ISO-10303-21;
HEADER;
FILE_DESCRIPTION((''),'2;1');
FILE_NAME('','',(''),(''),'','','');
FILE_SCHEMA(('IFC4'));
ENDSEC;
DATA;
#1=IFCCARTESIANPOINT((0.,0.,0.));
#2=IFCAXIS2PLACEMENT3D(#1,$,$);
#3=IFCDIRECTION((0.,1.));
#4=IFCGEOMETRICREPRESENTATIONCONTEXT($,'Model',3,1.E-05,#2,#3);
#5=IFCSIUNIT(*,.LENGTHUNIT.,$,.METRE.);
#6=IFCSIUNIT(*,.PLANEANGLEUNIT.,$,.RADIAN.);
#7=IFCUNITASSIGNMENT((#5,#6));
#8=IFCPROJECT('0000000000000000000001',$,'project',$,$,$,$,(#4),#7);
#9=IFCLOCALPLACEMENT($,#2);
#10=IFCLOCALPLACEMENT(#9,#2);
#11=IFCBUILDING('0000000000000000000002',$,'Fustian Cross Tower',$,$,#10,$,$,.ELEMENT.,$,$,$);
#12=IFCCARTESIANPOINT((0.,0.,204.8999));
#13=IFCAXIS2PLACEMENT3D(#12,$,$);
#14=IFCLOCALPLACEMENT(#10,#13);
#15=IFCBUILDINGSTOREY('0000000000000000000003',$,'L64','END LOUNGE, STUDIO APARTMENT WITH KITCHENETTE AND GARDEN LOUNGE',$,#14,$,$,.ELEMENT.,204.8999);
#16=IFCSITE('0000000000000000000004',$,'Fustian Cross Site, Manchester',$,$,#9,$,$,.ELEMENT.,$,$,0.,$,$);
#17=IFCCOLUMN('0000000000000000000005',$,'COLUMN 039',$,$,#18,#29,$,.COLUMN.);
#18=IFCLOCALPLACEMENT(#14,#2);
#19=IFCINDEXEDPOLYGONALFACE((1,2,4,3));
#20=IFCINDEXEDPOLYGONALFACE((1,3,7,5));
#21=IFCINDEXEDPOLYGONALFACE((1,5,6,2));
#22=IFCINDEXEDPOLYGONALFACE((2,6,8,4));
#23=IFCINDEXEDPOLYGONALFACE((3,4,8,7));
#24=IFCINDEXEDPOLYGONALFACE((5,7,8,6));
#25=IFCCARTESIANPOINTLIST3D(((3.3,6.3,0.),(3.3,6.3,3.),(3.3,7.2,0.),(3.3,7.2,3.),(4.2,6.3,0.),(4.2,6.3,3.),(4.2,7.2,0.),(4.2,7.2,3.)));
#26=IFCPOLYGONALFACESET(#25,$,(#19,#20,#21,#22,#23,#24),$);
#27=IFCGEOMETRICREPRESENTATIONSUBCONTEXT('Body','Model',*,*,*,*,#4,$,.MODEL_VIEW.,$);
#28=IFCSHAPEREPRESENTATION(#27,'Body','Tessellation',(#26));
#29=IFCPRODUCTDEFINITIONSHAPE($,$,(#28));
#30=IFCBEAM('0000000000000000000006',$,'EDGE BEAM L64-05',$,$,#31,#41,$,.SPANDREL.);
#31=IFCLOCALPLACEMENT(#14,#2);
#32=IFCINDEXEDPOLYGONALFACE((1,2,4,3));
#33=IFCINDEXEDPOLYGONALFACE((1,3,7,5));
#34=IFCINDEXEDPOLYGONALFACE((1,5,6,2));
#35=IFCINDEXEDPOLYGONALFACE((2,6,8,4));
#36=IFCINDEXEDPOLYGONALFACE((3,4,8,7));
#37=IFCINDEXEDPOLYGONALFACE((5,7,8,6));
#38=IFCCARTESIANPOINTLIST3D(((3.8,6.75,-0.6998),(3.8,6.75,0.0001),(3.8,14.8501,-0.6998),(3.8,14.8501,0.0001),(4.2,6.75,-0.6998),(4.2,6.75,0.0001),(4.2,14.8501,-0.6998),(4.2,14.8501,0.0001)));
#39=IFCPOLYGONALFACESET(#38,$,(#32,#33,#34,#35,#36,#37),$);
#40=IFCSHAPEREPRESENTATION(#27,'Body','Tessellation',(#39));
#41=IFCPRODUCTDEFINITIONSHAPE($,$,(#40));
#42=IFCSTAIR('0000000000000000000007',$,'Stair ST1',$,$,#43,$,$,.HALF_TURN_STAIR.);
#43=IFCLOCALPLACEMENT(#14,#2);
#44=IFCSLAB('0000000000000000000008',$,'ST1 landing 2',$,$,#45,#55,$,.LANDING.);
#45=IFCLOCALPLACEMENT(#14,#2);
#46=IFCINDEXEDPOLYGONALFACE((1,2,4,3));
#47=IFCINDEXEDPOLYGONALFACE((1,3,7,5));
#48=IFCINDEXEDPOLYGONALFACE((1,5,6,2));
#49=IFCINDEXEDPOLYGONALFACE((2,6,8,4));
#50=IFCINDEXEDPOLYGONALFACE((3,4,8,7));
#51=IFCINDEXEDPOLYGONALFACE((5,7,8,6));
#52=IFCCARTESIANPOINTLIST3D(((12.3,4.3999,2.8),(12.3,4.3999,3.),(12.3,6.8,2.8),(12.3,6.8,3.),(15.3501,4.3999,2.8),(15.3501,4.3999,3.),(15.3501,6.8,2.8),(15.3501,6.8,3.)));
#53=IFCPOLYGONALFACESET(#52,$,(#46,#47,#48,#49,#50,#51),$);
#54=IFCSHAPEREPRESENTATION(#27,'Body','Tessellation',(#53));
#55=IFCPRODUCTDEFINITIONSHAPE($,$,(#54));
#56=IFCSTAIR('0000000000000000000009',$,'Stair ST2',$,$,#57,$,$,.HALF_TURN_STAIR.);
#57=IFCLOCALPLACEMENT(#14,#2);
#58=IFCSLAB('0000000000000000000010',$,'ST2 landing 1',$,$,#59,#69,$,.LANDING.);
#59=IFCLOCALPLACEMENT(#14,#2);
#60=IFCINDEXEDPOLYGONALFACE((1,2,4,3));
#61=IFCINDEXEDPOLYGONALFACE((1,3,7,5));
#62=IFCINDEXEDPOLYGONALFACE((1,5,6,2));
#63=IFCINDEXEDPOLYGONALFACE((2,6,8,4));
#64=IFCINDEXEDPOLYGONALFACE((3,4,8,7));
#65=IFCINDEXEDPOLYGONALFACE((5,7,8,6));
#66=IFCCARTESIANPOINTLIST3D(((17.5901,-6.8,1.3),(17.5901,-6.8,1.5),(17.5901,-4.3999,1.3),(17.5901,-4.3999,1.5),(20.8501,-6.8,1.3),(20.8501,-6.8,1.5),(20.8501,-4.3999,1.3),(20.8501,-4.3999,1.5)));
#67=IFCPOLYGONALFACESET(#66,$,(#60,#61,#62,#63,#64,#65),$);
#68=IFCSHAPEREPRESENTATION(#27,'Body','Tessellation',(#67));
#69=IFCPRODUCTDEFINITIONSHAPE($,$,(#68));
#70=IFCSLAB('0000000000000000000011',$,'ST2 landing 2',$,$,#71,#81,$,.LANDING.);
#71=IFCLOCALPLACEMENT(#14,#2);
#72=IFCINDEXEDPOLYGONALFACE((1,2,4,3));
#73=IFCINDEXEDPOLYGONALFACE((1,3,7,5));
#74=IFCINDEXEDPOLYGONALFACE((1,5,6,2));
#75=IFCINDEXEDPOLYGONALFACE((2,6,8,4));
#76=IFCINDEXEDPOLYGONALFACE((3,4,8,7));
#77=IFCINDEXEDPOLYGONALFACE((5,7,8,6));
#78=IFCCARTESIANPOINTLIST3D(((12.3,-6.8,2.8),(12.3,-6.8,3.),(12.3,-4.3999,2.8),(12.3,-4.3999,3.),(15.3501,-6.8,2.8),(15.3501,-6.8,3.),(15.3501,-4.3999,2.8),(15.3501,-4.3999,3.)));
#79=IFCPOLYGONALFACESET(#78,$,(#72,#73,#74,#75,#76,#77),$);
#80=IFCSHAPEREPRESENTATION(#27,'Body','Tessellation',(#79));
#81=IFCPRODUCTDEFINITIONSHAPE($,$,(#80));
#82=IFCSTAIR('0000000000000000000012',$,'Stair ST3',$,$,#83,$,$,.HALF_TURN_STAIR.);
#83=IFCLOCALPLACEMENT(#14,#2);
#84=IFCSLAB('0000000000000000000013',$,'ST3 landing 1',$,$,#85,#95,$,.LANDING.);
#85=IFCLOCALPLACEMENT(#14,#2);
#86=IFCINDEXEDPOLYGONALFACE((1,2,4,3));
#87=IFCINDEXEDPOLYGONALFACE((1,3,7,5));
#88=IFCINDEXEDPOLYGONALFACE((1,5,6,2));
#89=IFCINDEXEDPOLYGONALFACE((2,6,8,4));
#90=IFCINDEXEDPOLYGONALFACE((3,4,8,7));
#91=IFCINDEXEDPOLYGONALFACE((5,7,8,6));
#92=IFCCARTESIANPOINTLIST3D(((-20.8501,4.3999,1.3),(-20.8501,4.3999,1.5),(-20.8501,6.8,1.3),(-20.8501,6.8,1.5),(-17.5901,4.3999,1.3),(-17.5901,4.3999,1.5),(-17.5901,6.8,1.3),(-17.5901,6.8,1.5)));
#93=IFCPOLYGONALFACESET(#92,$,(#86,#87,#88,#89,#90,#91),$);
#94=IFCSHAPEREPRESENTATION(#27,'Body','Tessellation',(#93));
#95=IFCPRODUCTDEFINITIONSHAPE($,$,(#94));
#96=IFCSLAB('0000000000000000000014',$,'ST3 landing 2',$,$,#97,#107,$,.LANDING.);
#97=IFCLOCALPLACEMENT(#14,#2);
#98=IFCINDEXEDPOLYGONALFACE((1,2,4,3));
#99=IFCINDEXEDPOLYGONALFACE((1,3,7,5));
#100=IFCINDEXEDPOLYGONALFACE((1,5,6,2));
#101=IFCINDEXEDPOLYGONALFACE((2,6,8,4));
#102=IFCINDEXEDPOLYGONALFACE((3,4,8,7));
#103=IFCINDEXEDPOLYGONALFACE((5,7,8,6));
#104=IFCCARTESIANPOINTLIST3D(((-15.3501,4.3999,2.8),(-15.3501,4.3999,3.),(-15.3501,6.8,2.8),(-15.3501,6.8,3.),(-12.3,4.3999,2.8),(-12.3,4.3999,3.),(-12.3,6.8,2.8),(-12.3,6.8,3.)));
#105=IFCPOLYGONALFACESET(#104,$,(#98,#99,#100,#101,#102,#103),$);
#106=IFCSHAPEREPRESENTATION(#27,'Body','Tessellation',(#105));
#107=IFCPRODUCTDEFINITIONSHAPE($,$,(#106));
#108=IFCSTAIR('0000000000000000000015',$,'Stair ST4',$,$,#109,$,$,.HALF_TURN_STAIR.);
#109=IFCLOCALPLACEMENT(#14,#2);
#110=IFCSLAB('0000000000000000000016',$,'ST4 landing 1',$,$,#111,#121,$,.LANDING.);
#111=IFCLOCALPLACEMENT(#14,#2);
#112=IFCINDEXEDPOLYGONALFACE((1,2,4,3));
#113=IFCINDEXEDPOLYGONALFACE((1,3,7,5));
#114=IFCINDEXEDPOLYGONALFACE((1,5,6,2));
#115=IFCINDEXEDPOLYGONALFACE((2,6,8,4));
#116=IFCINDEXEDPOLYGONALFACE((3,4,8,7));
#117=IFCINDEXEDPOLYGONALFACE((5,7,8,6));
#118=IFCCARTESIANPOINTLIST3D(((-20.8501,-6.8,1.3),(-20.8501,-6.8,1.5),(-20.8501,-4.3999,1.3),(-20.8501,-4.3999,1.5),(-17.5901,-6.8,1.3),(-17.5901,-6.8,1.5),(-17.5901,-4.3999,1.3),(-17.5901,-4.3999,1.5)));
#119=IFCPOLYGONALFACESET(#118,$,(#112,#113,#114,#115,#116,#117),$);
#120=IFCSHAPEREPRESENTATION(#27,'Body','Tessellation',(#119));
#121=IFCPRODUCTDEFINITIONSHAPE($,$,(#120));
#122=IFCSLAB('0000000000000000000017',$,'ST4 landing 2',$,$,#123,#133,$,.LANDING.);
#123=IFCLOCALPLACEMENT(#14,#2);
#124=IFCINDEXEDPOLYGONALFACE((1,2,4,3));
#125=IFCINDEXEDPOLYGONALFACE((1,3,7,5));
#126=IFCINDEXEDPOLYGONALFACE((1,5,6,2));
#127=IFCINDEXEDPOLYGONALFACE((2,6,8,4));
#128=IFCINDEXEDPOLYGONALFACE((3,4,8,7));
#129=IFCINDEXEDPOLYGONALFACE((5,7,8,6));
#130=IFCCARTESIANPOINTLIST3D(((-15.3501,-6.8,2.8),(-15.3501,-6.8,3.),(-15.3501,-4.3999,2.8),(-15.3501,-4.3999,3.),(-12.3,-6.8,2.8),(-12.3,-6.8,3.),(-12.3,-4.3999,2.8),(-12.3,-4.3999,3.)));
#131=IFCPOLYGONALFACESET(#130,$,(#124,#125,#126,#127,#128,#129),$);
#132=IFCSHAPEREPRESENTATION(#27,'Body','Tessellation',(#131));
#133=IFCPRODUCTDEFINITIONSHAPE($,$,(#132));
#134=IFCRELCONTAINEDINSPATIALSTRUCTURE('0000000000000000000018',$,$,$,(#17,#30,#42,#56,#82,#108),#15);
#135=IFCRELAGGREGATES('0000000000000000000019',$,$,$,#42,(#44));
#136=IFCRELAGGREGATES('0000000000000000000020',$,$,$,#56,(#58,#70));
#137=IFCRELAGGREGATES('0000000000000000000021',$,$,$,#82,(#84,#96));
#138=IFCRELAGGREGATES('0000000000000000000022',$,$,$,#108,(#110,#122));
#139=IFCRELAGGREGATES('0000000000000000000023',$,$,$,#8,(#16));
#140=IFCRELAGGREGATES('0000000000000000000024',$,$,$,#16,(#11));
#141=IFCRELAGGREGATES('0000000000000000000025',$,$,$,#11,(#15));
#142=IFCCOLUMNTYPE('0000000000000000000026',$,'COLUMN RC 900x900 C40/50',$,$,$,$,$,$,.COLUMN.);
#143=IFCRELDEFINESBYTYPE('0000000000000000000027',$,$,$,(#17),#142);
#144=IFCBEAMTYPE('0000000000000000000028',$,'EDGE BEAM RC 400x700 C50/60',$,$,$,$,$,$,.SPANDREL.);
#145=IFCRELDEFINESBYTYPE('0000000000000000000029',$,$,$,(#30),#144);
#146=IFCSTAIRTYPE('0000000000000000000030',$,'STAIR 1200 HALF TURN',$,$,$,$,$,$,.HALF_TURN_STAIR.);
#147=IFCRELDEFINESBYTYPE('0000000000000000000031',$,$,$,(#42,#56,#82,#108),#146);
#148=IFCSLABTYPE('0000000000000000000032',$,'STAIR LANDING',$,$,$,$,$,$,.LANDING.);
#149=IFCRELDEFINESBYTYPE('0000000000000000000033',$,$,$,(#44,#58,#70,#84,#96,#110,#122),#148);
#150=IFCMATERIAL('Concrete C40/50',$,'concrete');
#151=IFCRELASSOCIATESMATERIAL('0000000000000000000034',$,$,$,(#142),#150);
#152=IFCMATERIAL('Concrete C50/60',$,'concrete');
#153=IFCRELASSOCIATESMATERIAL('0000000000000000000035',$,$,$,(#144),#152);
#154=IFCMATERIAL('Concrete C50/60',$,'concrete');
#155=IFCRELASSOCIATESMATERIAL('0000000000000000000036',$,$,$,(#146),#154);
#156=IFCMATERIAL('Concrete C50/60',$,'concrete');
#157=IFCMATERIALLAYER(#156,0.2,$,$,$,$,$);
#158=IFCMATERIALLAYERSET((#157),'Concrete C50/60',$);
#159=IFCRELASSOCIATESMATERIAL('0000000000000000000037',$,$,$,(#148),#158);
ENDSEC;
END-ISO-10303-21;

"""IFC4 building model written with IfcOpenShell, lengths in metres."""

from ifc_helpers import new_model, si_unit, direction, frame, origin, origin_2d, place, context, subcontext, project, spatial, polyline, rectangle, outline, extrude, material, layer, layer_set, material_profile, profile_set, type_object, element, aggregate, save


model = new_model("IFC4")

# Units and contexts
model_context = context("Model", 3, precision=1e-05, world=origin(), true_north=direction((0.0, 1.0)))
body_context = subcontext(model_context, "Body", "Model", "MODEL_VIEW")
ifc_project = project(units=[si_unit("LENGTHUNIT", "METRE"), si_unit("PLANEANGLEUNIT", "RADIAN")], contexts=[model_context])

# Site, building, storey
site_placement = place(None, origin())
site = spatial("IfcSite", under=ifc_project, at=site_placement, Name="Fustian Cross Site, Manchester", CompositionType="ELEMENT", RefElevation=0.0)
building_placement = place(site_placement, origin())
building = spatial("IfcBuilding", under=site, at=building_placement, Name="Fustian Cross Tower", CompositionType="ELEMENT")
storey_placement = place(building_placement, frame((0.0, 0.0, 204.8999)))
storey = spatial("IfcBuildingStorey", under=building, at=storey_placement, Name="L64", Description="END LOUNGE, STUDIO APARTMENT WITH KITCHENETTE AND GARDEN LOUNGE", CompositionType="ELEMENT", Elevation=204.8999)

# Column
ifc_material_1 = material(Name="Concrete C40/50", Category="concrete")
ifc_material_profile_1 = material_profile(ifc_material_1, rectangle(XDim=0.8999, YDim=0.8999, at=origin_2d()), Name="RC 900x900")
ifc_profile_set_1 = profile_set([ifc_material_profile_1], Name="Concrete C40/50")
column_type = type_object("IfcColumnType", Name="COLUMN RC 900x900 C40/50", PredefinedType="COLUMN", material=ifc_profile_set_1)
column_placement = place(storey_placement, frame((3.75, 6.75, 0.0), z_axis=(0.0, 0.0, 1.0), x_axis=(1.0, 0.0, 0.0)))
element("IfcColumn", 1, at=column_placement, inside=storey, type_object=column_type, Name="COLUMN 039", PredefinedType="COLUMN", context=body_context, shape_type="SweptSolid", body=[
    extrude(rectangle(XDim=0.8999, YDim=0.8999, at=origin_2d()), origin(), (0.0, 0.0, 1.0), 3.0),
])

# Beam
ifc_material_2 = material(Name="Concrete C50/60", Category="concrete")
ifc_material_profile_2 = material_profile(ifc_material_2, rectangle(XDim=0.3999, YDim=0.7, at=origin_2d()), Name="RC 400x700")
ifc_profile_set_2 = profile_set([ifc_material_profile_2], Name="Concrete C50/60")
beam_type = type_object("IfcBeamType", Name="EDGE BEAM RC 400x700 C50/60", PredefinedType="SPANDREL", material=ifc_profile_set_2)
beam_placement = place(storey_placement, frame((4.0, 6.75, -0.3499), z_axis=(0.0, 1.0, 0.0), x_axis=(-1.0, 0.0, 0.0)))
element("IfcBeam", 2, at=beam_placement, inside=storey, type_object=beam_type, Name="EDGE BEAM L64-05", PredefinedType="SPANDREL", context=body_context, shape_type="SweptSolid", body=[
    extrude(rectangle(XDim=0.3999, YDim=0.7, at=origin_2d()), origin(), (0.0, 0.0, 1.0), 8.1001),
])

# Stair, slab
ifc_material_3 = material(Name="Concrete C50/60", Category="concrete")
stair_type = type_object("IfcStairType", Name="STAIR 1200 HALF TURN", PredefinedType="HALF_TURN_STAIR", material=ifc_material_3)
stair_1_placement = place(storey_placement, origin())
stair_1 = element("IfcStair", 3, at=stair_1_placement, inside=storey, type_object=stair_type, Name="Stair ST1", PredefinedType="HALF_TURN_STAIR")
ifc_material_4 = material(Name="Concrete C50/60", Category="concrete")
ifc_layer_1 = layer(ifc_material_4, 0.2)
ifc_layer_set_1 = layer_set([ifc_layer_1], Name="Concrete C50/60")
slab_type = type_object("IfcSlabType", Name="STAIR LANDING", PredefinedType="LANDING", material=ifc_layer_set_1)
slab_1_placement = place(storey_placement, frame((0.0, 0.0, 2.8)))
slab_1 = element("IfcSlab", 4, at=slab_1_placement, type_object=slab_type, Name="ST1 landing 2", PredefinedType="LANDING", context=body_context, shape_type="SweptSolid", body=[
    extrude(outline(polyline([(12.3, 4.3999), (15.3501, 4.3999), (15.3501, 6.8), (12.3, 6.8), (12.3, 4.3999)])), origin(), (0.0, 0.0, 1.0), 0.2),
])
aggregate(stair_1, [slab_1])

# Stairs, slabs
stair_2_placement = place(storey_placement, origin())
stair_2 = element("IfcStair", 5, at=stair_2_placement, inside=storey, type_object=stair_type, Name="Stair ST2", PredefinedType="HALF_TURN_STAIR")
slab_2_placement = place(storey_placement, frame((0.0, 0.0, 1.3)))
slab_2 = element("IfcSlab", 6, at=slab_2_placement, type_object=slab_type, Name="ST2 landing 1", PredefinedType="LANDING", context=body_context, shape_type="SweptSolid", body=[
    extrude(outline(polyline([(17.5901, -4.3999), (20.8501, -4.3999), (20.8501, -6.8), (17.5901, -6.8), (17.5901, -4.3999)])), origin(), (0.0, 0.0, 1.0), 0.2),
])
slab_3_placement = place(storey_placement, frame((0.0, 0.0, 2.8)))
slab_3 = element("IfcSlab", 7, at=slab_3_placement, type_object=slab_type, Name="ST2 landing 2", PredefinedType="LANDING", context=body_context, shape_type="SweptSolid", body=[
    extrude(outline(polyline([(12.3, -4.3999), (15.3501, -4.3999), (15.3501, -6.8), (12.3, -6.8), (12.3, -4.3999)])), origin(), (0.0, 0.0, 1.0), 0.2),
])
aggregate(stair_2, [slab_2, slab_3])
stair_3_placement = place(storey_placement, origin())
stair_3 = element("IfcStair", 8, at=stair_3_placement, inside=storey, type_object=stair_type, Name="Stair ST3", PredefinedType="HALF_TURN_STAIR")
slab_4_placement = place(storey_placement, frame((0.0, 0.0, 1.3)))
slab_4 = element("IfcSlab", 9, at=slab_4_placement, type_object=slab_type, Name="ST3 landing 1", PredefinedType="LANDING", context=body_context, shape_type="SweptSolid", body=[
    extrude(outline(polyline([(-17.5901, 4.3999), (-20.8501, 4.3999), (-20.8501, 6.8), (-17.5901, 6.8), (-17.5901, 4.3999)])), origin(), (0.0, 0.0, 1.0), 0.2),
])
slab_5_placement = place(storey_placement, frame((0.0, 0.0, 2.8)))
slab_5 = element("IfcSlab", 10, at=slab_5_placement, type_object=slab_type, Name="ST3 landing 2", PredefinedType="LANDING", context=body_context, shape_type="SweptSolid", body=[
    extrude(outline(polyline([(-12.3, 4.3999), (-15.3501, 4.3999), (-15.3501, 6.8), (-12.3, 6.8), (-12.3, 4.3999)])), origin(), (0.0, 0.0, 1.0), 0.2),
])
aggregate(stair_3, [slab_4, slab_5])
stair_4_placement = place(storey_placement, origin())
stair_4 = element("IfcStair", 11, at=stair_4_placement, inside=storey, type_object=stair_type, Name="Stair ST4", PredefinedType="HALF_TURN_STAIR")
slab_6_placement = place(storey_placement, frame((0.0, 0.0, 1.3)))
slab_6 = element("IfcSlab", 12, at=slab_6_placement, type_object=slab_type, Name="ST4 landing 1", PredefinedType="LANDING", context=body_context, shape_type="SweptSolid", body=[
    extrude(outline(polyline([(-17.5901, -4.3999), (-20.8501, -4.3999), (-20.8501, -6.8), (-17.5901, -6.8), (-17.5901, -4.3999)])), origin(), (0.0, 0.0, 1.0), 0.2),
])
slab_7_placement = place(storey_placement, frame((0.0, 0.0, 2.8)))
slab_7 = element("IfcSlab", 13, at=slab_7_placement, type_object=slab_type, Name="ST4 landing 2", PredefinedType="LANDING", context=body_context, shape_type="SweptSolid", body=[
    extrude(outline(polyline([(-12.3, -4.3999), (-15.3501, -4.3999), (-15.3501, -6.8), (-12.3, -6.8), (-12.3, -4.3999)])), origin(), (0.0, 0.0, 1.0), 0.2),
])
aggregate(stair_4, [slab_6, slab_7])

save(model, "model.ifc")
